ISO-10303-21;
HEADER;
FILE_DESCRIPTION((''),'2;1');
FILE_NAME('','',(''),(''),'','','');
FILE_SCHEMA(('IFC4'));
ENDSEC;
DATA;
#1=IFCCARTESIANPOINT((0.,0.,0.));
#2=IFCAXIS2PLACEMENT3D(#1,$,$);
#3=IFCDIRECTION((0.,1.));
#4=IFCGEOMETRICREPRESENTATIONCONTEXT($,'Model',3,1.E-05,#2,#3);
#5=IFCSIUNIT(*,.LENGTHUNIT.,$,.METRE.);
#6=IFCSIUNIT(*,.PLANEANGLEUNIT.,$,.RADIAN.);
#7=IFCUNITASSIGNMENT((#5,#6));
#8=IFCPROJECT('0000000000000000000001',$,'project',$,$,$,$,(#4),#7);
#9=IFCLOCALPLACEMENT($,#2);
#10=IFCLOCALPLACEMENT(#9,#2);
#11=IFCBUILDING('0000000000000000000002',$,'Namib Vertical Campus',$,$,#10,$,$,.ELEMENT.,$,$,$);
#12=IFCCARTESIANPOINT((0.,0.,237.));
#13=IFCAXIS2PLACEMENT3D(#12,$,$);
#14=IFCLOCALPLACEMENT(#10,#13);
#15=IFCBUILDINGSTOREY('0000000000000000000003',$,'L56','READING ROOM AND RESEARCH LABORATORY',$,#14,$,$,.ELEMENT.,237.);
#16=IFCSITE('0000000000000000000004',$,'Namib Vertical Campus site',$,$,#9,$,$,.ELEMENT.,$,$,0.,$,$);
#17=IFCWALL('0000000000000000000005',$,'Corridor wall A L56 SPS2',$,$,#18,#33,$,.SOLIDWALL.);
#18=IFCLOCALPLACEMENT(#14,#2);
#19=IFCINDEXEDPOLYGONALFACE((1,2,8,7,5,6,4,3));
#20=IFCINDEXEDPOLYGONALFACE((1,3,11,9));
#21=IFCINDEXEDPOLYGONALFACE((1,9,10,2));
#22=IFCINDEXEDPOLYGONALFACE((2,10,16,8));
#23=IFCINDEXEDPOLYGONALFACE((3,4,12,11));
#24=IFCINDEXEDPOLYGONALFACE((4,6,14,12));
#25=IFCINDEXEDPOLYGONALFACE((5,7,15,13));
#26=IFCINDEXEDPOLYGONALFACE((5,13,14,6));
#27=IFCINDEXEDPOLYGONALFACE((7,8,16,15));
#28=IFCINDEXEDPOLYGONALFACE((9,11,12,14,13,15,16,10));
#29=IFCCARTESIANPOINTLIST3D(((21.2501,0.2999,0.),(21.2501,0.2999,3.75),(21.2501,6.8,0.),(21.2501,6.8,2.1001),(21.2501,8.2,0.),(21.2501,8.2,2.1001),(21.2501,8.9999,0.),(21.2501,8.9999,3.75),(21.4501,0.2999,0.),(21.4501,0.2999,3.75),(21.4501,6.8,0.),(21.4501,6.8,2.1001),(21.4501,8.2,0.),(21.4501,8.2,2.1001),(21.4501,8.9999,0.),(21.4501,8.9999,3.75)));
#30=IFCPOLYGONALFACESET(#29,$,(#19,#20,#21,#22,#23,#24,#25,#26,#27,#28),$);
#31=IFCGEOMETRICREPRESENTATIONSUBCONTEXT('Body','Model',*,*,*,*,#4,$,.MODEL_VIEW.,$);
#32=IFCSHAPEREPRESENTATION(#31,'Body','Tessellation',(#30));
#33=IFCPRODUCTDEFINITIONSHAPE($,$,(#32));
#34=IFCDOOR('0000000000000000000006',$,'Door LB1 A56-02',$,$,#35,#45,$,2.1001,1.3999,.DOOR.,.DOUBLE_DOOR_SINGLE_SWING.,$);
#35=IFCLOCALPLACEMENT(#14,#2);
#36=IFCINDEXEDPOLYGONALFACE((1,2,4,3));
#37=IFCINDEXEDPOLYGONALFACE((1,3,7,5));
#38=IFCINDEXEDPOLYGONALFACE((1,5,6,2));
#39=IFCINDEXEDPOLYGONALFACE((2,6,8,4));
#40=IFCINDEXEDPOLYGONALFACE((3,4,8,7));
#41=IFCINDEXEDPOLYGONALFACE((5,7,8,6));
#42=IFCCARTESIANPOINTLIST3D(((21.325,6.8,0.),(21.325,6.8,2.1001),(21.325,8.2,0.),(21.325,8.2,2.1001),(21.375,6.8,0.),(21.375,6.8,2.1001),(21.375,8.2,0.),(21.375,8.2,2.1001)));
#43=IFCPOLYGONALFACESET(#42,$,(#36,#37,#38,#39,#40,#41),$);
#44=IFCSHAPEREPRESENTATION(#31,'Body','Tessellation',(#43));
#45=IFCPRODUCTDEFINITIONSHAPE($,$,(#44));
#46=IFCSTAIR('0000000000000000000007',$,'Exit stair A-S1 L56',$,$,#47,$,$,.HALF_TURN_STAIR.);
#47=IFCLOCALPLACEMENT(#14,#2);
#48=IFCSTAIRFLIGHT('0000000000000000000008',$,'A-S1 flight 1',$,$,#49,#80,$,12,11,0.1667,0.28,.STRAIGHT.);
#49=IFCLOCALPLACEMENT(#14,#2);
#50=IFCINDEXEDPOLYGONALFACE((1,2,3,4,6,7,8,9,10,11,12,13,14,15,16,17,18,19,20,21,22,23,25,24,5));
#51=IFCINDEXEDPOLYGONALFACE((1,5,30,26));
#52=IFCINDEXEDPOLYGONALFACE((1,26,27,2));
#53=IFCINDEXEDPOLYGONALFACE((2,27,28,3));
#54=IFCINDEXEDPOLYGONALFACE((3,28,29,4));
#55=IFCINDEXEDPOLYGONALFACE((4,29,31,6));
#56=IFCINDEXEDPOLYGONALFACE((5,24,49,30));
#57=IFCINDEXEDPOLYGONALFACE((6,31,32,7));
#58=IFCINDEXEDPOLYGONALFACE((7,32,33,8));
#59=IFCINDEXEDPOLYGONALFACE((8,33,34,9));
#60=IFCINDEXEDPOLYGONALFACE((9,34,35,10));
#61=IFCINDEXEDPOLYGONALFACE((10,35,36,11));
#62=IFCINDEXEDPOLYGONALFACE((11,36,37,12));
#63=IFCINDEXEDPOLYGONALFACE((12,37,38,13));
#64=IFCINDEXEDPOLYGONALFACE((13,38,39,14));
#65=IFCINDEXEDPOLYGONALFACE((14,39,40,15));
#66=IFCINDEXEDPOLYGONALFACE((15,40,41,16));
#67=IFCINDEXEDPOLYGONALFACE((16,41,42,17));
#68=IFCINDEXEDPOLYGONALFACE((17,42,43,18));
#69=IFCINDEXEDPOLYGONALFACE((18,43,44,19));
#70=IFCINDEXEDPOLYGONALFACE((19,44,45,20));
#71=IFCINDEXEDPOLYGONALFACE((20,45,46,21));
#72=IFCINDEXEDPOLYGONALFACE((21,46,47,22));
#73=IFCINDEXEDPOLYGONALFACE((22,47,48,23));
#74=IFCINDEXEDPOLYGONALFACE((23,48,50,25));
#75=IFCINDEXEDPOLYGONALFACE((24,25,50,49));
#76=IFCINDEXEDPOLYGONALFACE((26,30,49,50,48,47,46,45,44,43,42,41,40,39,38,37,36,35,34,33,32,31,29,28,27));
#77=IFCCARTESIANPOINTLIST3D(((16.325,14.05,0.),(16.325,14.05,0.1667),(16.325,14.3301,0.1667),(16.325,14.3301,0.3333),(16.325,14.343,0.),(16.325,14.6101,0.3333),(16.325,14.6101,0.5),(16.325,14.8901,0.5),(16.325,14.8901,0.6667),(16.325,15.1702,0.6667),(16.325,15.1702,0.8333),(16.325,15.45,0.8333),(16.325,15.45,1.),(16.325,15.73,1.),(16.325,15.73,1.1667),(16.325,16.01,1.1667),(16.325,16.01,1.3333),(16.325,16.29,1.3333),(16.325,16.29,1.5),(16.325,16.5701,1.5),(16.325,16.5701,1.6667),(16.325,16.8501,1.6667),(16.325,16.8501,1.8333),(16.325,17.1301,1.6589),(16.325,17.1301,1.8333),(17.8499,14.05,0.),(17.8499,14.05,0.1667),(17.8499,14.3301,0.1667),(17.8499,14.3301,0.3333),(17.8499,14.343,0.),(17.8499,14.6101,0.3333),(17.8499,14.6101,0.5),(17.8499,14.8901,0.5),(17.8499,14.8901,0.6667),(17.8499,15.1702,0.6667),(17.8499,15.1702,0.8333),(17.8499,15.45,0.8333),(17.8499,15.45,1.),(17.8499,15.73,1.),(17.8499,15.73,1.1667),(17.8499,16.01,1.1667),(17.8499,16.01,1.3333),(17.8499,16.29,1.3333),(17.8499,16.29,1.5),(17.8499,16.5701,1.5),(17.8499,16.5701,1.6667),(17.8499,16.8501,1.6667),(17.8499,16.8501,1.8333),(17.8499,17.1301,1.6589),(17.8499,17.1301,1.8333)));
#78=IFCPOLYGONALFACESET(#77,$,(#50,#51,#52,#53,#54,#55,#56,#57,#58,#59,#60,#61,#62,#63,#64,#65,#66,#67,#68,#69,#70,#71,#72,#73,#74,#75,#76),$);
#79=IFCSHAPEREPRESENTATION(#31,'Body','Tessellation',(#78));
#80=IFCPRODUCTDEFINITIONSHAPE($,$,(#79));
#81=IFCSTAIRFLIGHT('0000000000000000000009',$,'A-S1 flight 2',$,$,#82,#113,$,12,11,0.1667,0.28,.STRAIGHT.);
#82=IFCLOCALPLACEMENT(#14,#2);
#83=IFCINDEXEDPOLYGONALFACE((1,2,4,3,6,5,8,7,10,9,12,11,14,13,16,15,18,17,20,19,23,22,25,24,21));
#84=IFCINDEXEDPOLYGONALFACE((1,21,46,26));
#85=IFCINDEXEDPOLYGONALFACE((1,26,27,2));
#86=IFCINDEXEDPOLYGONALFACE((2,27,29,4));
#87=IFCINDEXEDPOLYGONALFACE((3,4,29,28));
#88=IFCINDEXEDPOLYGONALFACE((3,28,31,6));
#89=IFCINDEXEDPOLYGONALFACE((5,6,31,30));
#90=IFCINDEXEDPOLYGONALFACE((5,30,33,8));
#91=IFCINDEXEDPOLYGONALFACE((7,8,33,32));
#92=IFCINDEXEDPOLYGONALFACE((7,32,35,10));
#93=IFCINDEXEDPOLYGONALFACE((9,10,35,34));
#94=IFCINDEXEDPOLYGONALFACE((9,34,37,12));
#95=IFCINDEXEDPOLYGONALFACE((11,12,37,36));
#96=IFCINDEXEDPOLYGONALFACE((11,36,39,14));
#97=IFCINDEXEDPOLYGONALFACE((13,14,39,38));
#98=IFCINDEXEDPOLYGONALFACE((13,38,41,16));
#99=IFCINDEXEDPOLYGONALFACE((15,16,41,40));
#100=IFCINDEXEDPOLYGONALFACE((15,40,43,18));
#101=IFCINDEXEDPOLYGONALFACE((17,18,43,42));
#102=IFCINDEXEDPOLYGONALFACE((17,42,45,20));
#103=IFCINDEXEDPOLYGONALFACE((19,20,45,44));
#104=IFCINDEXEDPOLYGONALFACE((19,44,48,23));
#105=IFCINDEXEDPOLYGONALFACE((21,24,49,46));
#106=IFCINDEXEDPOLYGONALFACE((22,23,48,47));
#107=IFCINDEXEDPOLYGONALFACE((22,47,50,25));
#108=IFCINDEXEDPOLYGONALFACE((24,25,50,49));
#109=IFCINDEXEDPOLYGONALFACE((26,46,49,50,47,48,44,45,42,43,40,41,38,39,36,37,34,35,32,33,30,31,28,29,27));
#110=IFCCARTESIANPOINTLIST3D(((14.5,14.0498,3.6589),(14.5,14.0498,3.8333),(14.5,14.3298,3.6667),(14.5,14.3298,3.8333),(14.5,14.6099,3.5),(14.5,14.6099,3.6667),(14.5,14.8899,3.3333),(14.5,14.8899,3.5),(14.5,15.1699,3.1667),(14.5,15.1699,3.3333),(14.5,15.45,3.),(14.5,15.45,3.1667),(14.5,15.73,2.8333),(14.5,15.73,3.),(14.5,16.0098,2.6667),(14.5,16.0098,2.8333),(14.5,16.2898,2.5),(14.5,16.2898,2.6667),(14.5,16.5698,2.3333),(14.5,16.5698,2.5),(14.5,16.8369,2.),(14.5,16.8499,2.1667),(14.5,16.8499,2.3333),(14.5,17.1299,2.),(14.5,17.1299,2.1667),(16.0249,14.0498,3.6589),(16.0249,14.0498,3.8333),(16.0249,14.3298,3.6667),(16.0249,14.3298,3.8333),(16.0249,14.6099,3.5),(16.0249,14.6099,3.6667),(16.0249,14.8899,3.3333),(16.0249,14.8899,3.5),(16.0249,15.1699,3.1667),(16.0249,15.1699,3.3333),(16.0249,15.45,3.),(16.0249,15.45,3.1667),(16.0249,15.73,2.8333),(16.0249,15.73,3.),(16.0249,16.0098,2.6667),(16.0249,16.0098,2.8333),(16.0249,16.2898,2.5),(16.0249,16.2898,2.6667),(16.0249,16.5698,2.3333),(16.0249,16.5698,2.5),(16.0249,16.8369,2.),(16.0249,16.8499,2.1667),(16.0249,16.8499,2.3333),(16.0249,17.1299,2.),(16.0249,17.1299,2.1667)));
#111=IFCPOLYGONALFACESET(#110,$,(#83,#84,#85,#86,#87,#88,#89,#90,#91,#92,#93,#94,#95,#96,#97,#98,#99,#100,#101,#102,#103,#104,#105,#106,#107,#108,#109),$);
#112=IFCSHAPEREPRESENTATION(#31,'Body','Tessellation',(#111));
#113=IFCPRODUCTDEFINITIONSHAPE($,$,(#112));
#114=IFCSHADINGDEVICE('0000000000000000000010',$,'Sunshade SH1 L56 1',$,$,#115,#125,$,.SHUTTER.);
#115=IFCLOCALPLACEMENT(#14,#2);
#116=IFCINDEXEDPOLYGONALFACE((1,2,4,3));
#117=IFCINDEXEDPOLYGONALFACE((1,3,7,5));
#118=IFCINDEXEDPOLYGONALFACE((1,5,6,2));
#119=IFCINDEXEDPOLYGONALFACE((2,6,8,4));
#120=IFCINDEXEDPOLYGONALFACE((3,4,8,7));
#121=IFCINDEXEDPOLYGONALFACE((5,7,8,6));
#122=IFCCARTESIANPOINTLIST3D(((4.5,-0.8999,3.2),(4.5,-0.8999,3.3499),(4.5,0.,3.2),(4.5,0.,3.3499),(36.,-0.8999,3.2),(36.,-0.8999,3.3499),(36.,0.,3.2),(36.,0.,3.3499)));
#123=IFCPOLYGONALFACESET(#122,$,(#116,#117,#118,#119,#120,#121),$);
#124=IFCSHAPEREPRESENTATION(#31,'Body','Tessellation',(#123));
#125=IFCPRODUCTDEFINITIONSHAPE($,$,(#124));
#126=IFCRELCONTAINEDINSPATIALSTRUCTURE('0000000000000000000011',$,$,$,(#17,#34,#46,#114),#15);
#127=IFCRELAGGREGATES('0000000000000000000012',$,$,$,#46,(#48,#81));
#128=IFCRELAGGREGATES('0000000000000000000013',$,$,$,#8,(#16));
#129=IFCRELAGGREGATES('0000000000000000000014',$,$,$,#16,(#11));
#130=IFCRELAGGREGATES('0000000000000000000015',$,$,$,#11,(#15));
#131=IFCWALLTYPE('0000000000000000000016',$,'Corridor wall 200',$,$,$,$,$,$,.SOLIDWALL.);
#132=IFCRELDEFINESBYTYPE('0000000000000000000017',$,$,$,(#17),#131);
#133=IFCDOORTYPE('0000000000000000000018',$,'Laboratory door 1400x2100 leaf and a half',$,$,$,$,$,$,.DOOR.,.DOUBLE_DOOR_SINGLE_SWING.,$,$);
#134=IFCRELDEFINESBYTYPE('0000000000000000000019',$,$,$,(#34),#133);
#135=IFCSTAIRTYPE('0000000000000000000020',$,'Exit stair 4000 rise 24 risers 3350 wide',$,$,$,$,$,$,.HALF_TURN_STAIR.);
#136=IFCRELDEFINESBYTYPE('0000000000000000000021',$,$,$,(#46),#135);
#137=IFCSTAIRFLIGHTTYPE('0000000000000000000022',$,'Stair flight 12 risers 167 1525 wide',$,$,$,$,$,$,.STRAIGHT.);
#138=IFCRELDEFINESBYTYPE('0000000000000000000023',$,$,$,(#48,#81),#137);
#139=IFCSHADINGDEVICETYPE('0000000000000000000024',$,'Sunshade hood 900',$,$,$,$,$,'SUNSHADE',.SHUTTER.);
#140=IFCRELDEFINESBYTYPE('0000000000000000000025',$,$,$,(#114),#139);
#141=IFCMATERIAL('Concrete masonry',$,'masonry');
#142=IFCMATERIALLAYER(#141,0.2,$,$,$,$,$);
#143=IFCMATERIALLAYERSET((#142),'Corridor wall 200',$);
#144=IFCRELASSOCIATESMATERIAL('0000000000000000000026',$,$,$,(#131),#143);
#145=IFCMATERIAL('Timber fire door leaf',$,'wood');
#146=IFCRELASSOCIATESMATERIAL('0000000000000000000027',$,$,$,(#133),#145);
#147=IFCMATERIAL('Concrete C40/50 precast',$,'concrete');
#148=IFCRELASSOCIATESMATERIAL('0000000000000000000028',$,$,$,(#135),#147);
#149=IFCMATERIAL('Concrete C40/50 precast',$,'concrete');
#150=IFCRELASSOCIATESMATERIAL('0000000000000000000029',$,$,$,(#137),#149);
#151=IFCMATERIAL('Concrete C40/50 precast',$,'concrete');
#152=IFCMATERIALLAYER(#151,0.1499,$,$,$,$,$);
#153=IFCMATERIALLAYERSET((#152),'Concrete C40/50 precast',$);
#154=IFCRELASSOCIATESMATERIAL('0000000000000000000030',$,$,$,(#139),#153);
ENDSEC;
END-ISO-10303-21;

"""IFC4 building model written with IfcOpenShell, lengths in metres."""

from ifc_helpers import new_model, si_unit, direction, frame, frame_2d, origin, origin_2d, place, context, subcontext, project, spatial, polyline, rectangle, outline, extrude, material, layer, layer_set, type_object, element, fill, aggregate, save


model = new_model("IFC4")

# Units and contexts
model_context = context("Model", 3, precision=1e-05, world=origin(), true_north=direction((0.0, 1.0)))
body_context = subcontext(model_context, "Body", "Model", "MODEL_VIEW")
ifc_project = project(units=[si_unit("LENGTHUNIT", "METRE"), si_unit("PLANEANGLEUNIT", "RADIAN")], contexts=[model_context])

# Site, building, storey
site_placement = place(None, origin())
site = spatial("IfcSite", under=ifc_project, at=site_placement, Name="Namib Vertical Campus site", CompositionType="ELEMENT", RefElevation=0.0)
building_placement = place(site_placement, origin())
building = spatial("IfcBuilding", under=site, at=building_placement, Name="Namib Vertical Campus", CompositionType="ELEMENT")
storey_placement = place(building_placement, frame((0.0, 0.0, 237.0)))
storey = spatial("IfcBuildingStorey", under=building, at=storey_placement, Name="L56", Description="READING ROOM AND RESEARCH LABORATORY", CompositionType="ELEMENT", Elevation=237.0)

# Wall, opening, door
ifc_material_1 = material(Name="Concrete masonry", Category="masonry")
ifc_layer_1 = layer(ifc_material_1, 0.2)
ifc_layer_set_1 = layer_set([ifc_layer_1], Name="Corridor wall 200")
wall_type_1 = type_object("IfcWallType", Name="Corridor wall 200", PredefinedType="SOLIDWALL", material=ifc_layer_set_1)
ifc_material_2 = material(Name="Timber fire door leaf", Category="wood")
door_type_1 = type_object("IfcDoorType", Name="Laboratory door 1400x2100 leaf and a half", OperationType="DOUBLE_DOOR_SINGLE_SWING", PredefinedType="DOOR", material=ifc_material_2)
wall_1_placement = place(storey_placement, frame((21.3501, 9.0, 0.0), z_axis=(0.0, 0.0, 1.0), x_axis=(0.0, -1.0, 0.0)))
wall_1 = element("IfcWall", 1, at=wall_1_placement, inside=storey, type_object=wall_type_1, Name="Corridor wall A L56 SPS2", PredefinedType="SOLIDWALL", context=body_context, shape_type="SweptSolid", body=[
    extrude(rectangle(XDim=8.7, YDim=0.2, at=frame_2d((4.3501, 0.0))), origin(), (0.0, 0.0, 1.0), 3.75),
])
opening_1_placement = place(wall_1_placement, frame((0.8, 0.0, 0.0)))
opening_1 = element("IfcOpeningElement", 2, at=opening_1_placement, cuts=wall_1, PredefinedType="OPENING", context=body_context, shape_type="SweptSolid", body=[
    extrude(rectangle(XDim=1.3999, YDim=2.1001, at=frame_2d((0.7, 1.05))), frame((0.0, 0.1099, 0.0), z_axis=(0.0, -1.0, 0.0), x_axis=(1.0, 0.0, 0.0)), (0.0, 0.0, 1.0), 0.22),
])
door_1_placement = place(opening_1_placement, origin())
door_1 = element("IfcDoor", 3, at=door_1_placement, inside=storey, type_object=door_type_1, Name="Door LB1 A56-02", OperationType="DOUBLE_DOOR_SINGLE_SWING", OverallHeight=2.1001, OverallWidth=1.3999, PredefinedType="DOOR", context=body_context, shape_type="SweptSolid", body=[
    extrude(rectangle(XDim=1.3999, YDim=2.1001, at=frame_2d((0.7, 1.05))), frame((0.0, 0.0249, 0.0), z_axis=(0.0, -1.0, 0.0), x_axis=(1.0, 0.0, 0.0)), (0.0, 0.0, 1.0), 0.05),
])
fill(opening_1, door_1)

# Stair, stair flights
ifc_material_3 = material(Name="Concrete C40/50 precast", Category="concrete")
stair_type = type_object("IfcStairType", Name="Exit stair 4000 rise 24 risers 3350 wide", PredefinedType="HALF_TURN_STAIR", material=ifc_material_3)
stair_placement = place(storey_placement, origin())
stair = element("IfcStair", 4, at=stair_placement, inside=storey, type_object=stair_type, Name="Exit stair A-S1 L56", PredefinedType="HALF_TURN_STAIR")
ifc_material_4 = material(Name="Concrete C40/50 precast", Category="concrete")
stair_flight_type = type_object("IfcStairFlightType", Name="Stair flight 12 risers 167 1525 wide", PredefinedType="STRAIGHT", material=ifc_material_4)
stair_flight_1_placement = place(storey_placement, frame((17.0874, 14.05, 0.0), z_axis=(0.0, 0.0, 1.0), x_axis=(0.0, 1.0, 0.0)))
stair_flight_1 = element("IfcStairFlight", 5, at=stair_flight_1_placement, type_object=stair_flight_type, Name="A-S1 flight 1", NumberOfRisers=12, NumberOfTreads=11, PredefinedType="STRAIGHT", RiserHeight=0.1667, TreadLength=0.28, context=body_context, shape_type="SweptSolid", body=[
    extrude(outline(polyline([(0.0, 0.0), (0.0, 0.1667), (0.28, 0.1667), (0.28, 0.3333), (0.5601, 0.3333), (0.5601, 0.5), (0.8401, 0.5), (0.8401, 0.6667), (1.1201, 0.6667), (1.1201, 0.8333), (1.3999, 0.8333), (1.3999, 1.0), (1.6799, 1.0), (1.6799, 1.1667), (1.96, 1.1667), (1.96, 1.3333), (2.24, 1.3333), (2.24, 1.5), (2.52, 1.5), (2.52, 1.6667), (2.8, 1.6667), (2.8, 1.8333), (3.0801, 1.8333), (3.0801, 2.0), (3.0801, 1.6589), (0.293, 0.0), (0.0, 0.0)])), frame((0.0, 0.7625, 0.0), z_axis=(0.0, -1.0, 0.0), x_axis=(1.0, 0.0, 0.0)), (0.0, 0.0, 1.0), 1.5249),
])
stair_flight_2_placement = place(storey_placement, frame((15.2625, 17.1299, 2.0), z_axis=(0.0, 0.0, 1.0), x_axis=(0.0, -1.0, 0.0)))
stair_flight_2 = element("IfcStairFlight", 6, at=stair_flight_2_placement, type_object=stair_flight_type, Name="A-S1 flight 2", NumberOfRisers=12, NumberOfTreads=11, PredefinedType="STRAIGHT", RiserHeight=0.1667, TreadLength=0.28, context=body_context, shape_type="SweptSolid", body=[
    extrude(outline(polyline([(0.0, 0.0), (0.0, 0.1667), (0.28, 0.1667), (0.28, 0.3333), (0.5601, 0.3333), (0.5601, 0.5), (0.8401, 0.5), (0.8401, 0.6667), (1.1201, 0.6667), (1.1201, 0.8333), (1.3999, 0.8333), (1.3999, 1.0), (1.6799, 1.0), (1.6799, 1.1667), (1.96, 1.1667), (1.96, 1.3333), (2.24, 1.3333), (2.24, 1.5), (2.52, 1.5), (2.52, 1.6667), (2.8, 1.6667), (2.8, 1.8333), (3.0801, 1.8333), (3.0801, 2.0), (3.0801, 1.6589), (0.293, 0.0), (0.0, 0.0)])), frame((0.0, 0.7625, 0.0), z_axis=(0.0, -1.0, 0.0), x_axis=(1.0, 0.0, 0.0)), (0.0, 0.0, 1.0), 1.5249),
])
aggregate(stair, [stair_flight_1, stair_flight_2])

# Shading device
ifc_material_5 = material(Name="Concrete C40/50 precast", Category="concrete")
ifc_layer_2 = layer(ifc_material_5, 0.1499)
ifc_layer_set_2 = layer_set([ifc_layer_2], Name="Concrete C40/50 precast")
shading_device_type = type_object("IfcShadingDeviceType", Name="Sunshade hood 900", ElementType="SUNSHADE", PredefinedType="SHUTTER", material=ifc_layer_set_2)
shading_device_placement = place(storey_placement, frame((20.25, -0.45, 3.2), z_axis=(0.0, 0.0, 1.0), x_axis=(1.0, 0.0, 0.0)))
element("IfcShadingDevice", 7, at=shading_device_placement, inside=storey, type_object=shading_device_type, Name="Sunshade SH1 L56 1", PredefinedType="SHUTTER", context=body_context, shape_type="SweptSolid", body=[
    extrude(rectangle(XDim=31.5, YDim=0.8999, at=origin_2d()), origin(), (0.0, 0.0, 1.0), 0.1499),
])

save(model, "model.ifc")
